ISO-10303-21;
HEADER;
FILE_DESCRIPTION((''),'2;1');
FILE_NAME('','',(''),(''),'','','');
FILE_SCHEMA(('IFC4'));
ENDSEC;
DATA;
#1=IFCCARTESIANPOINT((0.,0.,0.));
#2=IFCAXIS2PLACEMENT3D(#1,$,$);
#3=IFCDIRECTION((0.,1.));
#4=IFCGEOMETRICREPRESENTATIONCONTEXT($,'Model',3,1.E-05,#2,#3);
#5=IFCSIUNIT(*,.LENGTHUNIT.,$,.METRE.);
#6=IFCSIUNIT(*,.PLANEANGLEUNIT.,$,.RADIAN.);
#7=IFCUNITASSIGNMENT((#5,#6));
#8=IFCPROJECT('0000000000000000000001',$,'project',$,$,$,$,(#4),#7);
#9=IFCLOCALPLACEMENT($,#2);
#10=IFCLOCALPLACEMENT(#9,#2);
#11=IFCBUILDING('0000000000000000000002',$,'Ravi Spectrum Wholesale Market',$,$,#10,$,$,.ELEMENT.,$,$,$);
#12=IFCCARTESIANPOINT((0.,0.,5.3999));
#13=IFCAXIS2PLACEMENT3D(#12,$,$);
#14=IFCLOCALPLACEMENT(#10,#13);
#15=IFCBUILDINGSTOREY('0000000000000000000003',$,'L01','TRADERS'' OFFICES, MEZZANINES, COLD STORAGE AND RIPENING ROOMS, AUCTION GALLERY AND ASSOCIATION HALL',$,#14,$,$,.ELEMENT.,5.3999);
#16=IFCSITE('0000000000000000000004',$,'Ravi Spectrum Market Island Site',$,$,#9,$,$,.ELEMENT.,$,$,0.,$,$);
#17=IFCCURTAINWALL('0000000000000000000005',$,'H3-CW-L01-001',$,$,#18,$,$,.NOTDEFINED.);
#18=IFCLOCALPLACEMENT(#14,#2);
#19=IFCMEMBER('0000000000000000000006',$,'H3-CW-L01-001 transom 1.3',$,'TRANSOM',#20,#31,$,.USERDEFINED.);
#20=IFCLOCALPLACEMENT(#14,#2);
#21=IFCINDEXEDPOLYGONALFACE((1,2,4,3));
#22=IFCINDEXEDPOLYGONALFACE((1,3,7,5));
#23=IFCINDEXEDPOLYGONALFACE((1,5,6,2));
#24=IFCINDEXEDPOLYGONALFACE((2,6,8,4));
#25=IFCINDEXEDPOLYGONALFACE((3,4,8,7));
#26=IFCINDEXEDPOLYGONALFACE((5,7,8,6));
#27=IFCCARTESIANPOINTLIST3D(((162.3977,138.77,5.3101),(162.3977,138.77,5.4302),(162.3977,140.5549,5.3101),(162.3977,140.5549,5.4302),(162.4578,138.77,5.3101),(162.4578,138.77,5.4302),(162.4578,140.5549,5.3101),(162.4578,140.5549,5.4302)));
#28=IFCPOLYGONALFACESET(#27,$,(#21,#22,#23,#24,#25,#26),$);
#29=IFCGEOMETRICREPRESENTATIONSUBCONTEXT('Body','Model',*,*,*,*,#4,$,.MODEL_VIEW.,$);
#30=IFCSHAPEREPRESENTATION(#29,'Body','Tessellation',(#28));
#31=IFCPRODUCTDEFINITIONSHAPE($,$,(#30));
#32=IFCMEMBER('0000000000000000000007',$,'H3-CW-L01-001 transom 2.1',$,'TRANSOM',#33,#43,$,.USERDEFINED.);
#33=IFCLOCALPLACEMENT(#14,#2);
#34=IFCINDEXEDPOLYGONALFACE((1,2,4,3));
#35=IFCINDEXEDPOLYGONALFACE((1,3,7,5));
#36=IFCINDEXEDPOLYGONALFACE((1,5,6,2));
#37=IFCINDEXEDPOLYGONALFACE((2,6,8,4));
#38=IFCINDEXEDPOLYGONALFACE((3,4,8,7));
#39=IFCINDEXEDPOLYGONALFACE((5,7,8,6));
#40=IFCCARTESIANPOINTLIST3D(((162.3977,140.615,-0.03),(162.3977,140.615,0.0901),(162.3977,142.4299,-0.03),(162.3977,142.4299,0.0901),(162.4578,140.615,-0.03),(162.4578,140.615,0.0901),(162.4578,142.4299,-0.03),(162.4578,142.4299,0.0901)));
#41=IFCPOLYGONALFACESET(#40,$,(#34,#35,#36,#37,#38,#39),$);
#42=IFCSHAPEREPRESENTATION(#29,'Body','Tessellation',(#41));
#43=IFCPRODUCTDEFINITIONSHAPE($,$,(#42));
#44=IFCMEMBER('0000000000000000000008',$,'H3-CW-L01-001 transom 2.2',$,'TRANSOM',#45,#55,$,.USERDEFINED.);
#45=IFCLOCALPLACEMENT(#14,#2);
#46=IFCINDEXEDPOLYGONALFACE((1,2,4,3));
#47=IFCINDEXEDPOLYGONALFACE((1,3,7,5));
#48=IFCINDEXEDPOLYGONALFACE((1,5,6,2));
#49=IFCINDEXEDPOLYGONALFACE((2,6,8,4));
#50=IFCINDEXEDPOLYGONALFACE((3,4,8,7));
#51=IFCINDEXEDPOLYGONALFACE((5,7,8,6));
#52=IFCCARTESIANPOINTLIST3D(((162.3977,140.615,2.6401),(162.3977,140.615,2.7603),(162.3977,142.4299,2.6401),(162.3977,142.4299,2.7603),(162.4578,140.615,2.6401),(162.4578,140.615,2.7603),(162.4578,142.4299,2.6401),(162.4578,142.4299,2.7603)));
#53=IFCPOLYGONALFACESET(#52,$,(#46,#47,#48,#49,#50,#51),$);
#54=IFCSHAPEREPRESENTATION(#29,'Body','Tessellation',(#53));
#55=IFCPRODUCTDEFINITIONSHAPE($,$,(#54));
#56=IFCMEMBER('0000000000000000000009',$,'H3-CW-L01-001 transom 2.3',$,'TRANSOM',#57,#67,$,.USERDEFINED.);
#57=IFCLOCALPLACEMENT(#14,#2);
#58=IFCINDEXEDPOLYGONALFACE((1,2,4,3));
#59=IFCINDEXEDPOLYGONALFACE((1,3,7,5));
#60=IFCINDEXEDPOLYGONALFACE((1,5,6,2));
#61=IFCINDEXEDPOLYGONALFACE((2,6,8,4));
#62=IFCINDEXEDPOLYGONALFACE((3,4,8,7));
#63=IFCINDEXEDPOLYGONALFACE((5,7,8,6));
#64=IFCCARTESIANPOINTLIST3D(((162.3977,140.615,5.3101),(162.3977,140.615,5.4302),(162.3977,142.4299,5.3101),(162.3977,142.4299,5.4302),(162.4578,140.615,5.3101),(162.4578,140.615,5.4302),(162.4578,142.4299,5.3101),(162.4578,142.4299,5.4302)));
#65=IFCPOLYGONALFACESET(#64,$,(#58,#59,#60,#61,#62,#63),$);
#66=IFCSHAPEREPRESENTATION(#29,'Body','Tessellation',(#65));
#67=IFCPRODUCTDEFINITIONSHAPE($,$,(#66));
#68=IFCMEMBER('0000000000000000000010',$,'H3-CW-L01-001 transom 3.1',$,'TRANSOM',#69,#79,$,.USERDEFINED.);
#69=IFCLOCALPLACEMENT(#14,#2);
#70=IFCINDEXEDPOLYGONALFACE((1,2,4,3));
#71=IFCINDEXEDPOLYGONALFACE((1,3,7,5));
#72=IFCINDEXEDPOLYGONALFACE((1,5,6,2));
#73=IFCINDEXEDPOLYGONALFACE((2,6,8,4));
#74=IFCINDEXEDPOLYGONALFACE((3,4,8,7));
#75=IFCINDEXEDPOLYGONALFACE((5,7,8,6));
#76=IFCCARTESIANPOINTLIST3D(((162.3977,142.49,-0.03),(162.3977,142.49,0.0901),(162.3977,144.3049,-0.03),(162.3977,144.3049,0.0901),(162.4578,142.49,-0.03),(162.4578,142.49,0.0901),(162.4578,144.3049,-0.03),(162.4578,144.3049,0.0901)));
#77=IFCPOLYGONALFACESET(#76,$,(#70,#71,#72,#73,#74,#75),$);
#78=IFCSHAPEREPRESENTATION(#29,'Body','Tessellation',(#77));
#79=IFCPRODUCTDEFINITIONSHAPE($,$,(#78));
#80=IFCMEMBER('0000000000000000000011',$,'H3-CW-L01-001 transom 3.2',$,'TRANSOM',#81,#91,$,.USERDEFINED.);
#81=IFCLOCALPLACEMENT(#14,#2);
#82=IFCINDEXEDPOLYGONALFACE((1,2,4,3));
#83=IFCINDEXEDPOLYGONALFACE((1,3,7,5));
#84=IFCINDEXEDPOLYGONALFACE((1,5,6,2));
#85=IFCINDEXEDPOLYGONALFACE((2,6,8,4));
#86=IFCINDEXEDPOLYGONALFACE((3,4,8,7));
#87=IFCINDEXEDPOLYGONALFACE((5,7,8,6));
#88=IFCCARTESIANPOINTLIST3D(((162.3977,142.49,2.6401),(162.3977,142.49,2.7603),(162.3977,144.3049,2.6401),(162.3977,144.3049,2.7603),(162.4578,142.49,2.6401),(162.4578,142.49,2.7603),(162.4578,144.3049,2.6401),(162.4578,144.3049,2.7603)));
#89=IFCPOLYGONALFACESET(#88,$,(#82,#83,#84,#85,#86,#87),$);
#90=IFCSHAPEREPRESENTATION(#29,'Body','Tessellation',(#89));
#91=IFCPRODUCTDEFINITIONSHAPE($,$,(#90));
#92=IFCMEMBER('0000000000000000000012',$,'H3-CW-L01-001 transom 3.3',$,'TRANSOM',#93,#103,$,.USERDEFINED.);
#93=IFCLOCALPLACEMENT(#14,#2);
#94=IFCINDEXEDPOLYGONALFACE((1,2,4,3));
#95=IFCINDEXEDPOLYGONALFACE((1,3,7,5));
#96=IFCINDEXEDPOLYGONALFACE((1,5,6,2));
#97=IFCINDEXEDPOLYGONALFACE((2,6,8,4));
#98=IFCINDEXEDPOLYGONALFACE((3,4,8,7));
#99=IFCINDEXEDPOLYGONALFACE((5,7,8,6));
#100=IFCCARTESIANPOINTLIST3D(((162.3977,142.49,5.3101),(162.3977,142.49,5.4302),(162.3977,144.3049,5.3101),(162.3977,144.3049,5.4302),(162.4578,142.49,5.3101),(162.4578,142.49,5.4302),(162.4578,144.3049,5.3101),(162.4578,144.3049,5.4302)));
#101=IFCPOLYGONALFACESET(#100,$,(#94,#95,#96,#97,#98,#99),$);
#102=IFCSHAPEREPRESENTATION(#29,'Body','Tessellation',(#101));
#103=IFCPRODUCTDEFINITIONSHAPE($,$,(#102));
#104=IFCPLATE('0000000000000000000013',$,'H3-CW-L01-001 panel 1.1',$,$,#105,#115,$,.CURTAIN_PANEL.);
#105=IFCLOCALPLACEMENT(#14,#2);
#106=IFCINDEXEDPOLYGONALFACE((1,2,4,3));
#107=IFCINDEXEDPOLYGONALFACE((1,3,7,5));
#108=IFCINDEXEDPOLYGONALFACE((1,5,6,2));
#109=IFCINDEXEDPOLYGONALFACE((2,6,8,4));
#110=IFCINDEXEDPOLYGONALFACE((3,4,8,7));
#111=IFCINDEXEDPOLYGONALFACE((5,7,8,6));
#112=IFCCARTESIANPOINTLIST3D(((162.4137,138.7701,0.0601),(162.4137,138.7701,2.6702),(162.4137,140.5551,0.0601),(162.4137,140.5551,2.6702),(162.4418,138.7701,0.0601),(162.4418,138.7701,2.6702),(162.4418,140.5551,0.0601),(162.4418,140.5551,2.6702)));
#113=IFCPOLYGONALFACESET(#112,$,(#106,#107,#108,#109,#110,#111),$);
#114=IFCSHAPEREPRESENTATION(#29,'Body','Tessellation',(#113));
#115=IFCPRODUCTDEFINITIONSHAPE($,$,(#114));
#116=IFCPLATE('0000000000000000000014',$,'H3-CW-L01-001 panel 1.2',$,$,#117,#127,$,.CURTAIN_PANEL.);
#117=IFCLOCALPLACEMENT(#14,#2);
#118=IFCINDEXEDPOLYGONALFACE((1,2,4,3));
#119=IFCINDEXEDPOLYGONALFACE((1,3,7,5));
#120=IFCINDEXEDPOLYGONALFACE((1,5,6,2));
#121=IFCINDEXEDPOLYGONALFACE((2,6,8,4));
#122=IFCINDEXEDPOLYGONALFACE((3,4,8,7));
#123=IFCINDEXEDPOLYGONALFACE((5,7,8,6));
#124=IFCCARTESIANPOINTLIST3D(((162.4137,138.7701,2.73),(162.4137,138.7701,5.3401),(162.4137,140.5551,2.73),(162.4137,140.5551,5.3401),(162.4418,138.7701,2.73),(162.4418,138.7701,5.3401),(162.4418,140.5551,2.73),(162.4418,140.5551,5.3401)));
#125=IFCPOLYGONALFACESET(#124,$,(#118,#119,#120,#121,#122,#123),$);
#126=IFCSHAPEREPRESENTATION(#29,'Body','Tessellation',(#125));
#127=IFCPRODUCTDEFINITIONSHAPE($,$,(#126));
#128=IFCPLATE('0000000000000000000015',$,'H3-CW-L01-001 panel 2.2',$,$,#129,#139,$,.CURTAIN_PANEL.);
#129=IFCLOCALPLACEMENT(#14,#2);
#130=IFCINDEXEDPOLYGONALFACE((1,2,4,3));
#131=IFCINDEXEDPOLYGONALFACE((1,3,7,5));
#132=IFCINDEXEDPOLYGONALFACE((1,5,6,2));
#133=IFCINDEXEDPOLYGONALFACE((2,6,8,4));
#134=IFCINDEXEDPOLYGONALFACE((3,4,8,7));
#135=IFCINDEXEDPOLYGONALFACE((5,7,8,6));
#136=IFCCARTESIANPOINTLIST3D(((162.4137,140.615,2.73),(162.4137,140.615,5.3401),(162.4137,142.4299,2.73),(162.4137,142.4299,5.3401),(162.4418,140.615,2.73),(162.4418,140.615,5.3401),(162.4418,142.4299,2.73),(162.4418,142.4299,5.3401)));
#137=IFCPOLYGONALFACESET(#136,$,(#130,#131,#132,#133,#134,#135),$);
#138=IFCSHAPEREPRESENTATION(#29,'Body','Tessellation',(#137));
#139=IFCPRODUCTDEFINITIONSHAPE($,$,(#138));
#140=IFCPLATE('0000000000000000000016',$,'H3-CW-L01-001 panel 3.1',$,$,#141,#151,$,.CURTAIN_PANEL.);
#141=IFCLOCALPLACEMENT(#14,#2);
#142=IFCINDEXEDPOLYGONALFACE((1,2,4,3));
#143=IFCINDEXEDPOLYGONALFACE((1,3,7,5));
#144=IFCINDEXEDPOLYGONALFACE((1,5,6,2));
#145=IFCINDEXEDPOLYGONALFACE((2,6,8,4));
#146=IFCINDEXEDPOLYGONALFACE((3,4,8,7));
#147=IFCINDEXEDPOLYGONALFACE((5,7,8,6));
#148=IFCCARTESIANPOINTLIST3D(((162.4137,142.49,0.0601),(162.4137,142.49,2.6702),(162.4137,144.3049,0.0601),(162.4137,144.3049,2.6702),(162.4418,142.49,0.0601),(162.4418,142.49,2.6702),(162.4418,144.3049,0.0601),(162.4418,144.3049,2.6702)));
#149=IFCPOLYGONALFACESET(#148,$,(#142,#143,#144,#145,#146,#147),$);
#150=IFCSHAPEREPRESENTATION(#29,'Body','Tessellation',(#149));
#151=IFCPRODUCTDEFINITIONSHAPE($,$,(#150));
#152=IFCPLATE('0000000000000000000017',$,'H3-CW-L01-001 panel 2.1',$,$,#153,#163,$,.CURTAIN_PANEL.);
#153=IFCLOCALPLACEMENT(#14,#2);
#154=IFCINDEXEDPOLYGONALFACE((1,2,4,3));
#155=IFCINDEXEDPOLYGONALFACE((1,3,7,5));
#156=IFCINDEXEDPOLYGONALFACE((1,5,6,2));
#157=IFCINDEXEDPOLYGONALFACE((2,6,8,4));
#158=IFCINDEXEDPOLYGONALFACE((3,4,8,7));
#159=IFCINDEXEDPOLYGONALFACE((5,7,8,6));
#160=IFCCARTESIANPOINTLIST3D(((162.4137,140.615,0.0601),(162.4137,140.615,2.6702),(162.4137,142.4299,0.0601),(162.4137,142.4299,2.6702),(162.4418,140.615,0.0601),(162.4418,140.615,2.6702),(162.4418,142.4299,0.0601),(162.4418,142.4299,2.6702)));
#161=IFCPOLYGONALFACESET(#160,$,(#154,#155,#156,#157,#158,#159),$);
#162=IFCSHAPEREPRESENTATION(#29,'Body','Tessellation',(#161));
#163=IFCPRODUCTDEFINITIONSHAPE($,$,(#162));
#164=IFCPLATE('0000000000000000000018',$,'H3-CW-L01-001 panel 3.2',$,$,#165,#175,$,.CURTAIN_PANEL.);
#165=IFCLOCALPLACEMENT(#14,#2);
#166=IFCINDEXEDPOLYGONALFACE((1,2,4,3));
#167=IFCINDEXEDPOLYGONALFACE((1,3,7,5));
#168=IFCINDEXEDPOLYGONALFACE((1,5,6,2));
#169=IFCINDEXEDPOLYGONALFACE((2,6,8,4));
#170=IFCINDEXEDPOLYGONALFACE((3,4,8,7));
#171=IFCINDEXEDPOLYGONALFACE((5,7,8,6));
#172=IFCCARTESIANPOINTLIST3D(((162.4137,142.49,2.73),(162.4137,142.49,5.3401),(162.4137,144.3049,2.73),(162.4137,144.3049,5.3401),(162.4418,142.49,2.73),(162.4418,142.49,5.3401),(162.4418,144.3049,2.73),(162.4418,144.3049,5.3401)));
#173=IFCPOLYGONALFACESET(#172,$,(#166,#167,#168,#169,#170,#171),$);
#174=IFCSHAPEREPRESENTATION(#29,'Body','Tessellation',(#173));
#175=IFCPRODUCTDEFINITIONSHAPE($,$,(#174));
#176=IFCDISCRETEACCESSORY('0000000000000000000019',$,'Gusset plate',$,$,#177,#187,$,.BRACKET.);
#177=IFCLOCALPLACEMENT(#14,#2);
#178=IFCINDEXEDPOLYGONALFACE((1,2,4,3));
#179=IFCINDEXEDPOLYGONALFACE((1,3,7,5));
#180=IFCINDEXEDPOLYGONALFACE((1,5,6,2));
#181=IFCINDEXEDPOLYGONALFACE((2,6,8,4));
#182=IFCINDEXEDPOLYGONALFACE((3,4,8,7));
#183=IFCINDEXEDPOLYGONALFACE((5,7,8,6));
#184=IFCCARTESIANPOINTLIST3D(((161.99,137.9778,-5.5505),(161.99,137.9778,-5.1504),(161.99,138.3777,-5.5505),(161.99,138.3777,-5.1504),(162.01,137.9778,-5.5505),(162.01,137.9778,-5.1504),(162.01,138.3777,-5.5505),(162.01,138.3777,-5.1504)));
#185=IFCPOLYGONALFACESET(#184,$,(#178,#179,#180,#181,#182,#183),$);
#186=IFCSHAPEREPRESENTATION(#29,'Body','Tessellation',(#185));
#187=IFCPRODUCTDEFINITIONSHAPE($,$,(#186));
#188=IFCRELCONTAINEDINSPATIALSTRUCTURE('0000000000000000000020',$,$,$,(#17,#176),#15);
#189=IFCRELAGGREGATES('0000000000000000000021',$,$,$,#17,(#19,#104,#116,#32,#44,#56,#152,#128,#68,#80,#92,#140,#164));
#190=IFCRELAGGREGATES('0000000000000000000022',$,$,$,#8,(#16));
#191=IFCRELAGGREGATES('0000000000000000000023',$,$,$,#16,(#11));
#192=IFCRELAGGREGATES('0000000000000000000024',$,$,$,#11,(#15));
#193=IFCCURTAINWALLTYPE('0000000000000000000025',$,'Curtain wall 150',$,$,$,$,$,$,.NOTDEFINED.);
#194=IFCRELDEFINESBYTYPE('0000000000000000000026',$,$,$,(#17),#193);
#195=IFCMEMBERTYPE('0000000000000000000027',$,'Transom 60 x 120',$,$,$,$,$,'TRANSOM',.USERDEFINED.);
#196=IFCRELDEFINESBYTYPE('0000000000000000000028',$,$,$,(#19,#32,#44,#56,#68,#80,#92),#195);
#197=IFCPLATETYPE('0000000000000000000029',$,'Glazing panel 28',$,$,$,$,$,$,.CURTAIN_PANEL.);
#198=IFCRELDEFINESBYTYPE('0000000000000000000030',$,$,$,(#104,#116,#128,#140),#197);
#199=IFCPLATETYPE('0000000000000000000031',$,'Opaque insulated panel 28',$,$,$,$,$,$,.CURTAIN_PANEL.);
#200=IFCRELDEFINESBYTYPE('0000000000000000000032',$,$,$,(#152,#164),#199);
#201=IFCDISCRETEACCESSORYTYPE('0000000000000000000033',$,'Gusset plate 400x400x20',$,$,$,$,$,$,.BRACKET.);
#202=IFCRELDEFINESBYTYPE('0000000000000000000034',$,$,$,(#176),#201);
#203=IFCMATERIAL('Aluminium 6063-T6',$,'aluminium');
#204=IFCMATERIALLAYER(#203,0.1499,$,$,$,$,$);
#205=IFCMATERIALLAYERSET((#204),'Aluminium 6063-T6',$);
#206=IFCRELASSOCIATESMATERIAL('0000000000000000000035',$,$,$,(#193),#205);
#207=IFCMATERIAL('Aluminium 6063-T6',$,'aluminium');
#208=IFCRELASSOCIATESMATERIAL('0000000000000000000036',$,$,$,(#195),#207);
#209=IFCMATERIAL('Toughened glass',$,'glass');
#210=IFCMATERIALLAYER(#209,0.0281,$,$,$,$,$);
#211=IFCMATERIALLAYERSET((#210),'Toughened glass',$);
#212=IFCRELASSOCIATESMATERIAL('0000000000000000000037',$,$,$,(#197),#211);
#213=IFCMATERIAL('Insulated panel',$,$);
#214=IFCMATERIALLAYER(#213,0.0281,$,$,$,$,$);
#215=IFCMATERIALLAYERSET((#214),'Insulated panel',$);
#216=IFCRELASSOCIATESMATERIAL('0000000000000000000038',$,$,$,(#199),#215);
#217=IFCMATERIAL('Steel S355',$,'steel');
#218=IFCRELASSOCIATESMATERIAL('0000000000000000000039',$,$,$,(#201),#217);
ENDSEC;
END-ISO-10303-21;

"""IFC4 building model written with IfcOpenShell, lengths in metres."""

from ifc_helpers import new_model, si_unit, direction, frame, origin, origin_2d, place, context, subcontext, project, spatial, rectangle, extrude, material, layer, layer_set, material_profile, profile_set, type_object, element, aggregate, save


model = new_model("IFC4")

# Units and contexts
model_context = context("Model", 3, precision=1e-05, world=origin(), true_north=direction((0.0, 1.0)))
body_context = subcontext(model_context, "Body", "Model", "MODEL_VIEW")
ifc_project = project(units=[si_unit("LENGTHUNIT", "METRE"), si_unit("PLANEANGLEUNIT", "RADIAN")], contexts=[model_context])

# Site, building, storey
site_placement = place(None, origin())
site = spatial("IfcSite", under=ifc_project, at=site_placement, Name="Ravi Spectrum Market Island Site", CompositionType="ELEMENT", RefElevation=0.0)
building_placement = place(site_placement, origin())
building = spatial("IfcBuilding", under=site, at=building_placement, Name="Ravi Spectrum Wholesale Market", CompositionType="ELEMENT")
storey_placement = place(building_placement, frame((0.0, 0.0, 5.3999)))
storey = spatial("IfcBuildingStorey", under=building, at=storey_placement, Name="L01", Description="TRADERS' OFFICES, MEZZANINES, COLD STORAGE AND RIPENING ROOMS, AUCTION GALLERY AND ASSOCIATION HALL", CompositionType="ELEMENT", Elevation=5.3999)

# Curtain wall
ifc_material_1 = material(Name="Aluminium 6063-T6", Category="aluminium")
ifc_layer_1 = layer(ifc_material_1, 0.1499)
ifc_layer_set_1 = layer_set([ifc_layer_1], Name="Aluminium 6063-T6")
curtain_wall_type = type_object("IfcCurtainWallType", Name="Curtain wall 150", PredefinedType="NOTDEFINED", material=ifc_layer_set_1)
curtain_wall_placement = place(storey_placement, origin())
curtain_wall = element("IfcCurtainWall", 1, at=curtain_wall_placement, inside=storey, type_object=curtain_wall_type, Name="H3-CW-L01-001", PredefinedType="NOTDEFINED")

# Members
ifc_material_2 = material(Name="Aluminium 6063-T6", Category="aluminium")
ifc_material_profile_1 = material_profile(ifc_material_2, rectangle(XDim=0.0601, YDim=0.1201, at=origin_2d()))
ifc_profile_set_1 = profile_set([ifc_material_profile_1], Name="Aluminium 6063-T6")
member_type_1 = type_object("IfcMemberType", Name="Transom 60 x 120", ElementType="TRANSOM", PredefinedType="USERDEFINED", material=ifc_profile_set_1)
member_1_placement = place(storey_placement, frame((162.4277, 138.77, 5.3701), z_axis=(0.0, 1.0, 0.0), x_axis=(-1.0, 0.0, 0.0)))
member_1 = element("IfcMember", 2, at=member_1_placement, type_object=member_type_1, Name="H3-CW-L01-001 transom 1.3", ObjectType="TRANSOM", PredefinedType="USERDEFINED", context=body_context, shape_type="SweptSolid", body=[
    extrude(rectangle(XDim=0.0601, YDim=0.1201, at=origin_2d()), origin(), (0.0, 0.0, 1.0), 1.7849),
])
member_2_placement = place(storey_placement, frame((162.4277, 140.615, 0.03), z_axis=(0.0, 1.0, 0.0), x_axis=(-1.0, 0.0, 0.0)))
member_2 = element("IfcMember", 3, at=member_2_placement, type_object=member_type_1, Name="H3-CW-L01-001 transom 2.1", ObjectType="TRANSOM", PredefinedType="USERDEFINED", context=body_context, shape_type="SweptSolid", body=[
    extrude(rectangle(XDim=0.0601, YDim=0.1201, at=origin_2d()), origin(), (0.0, 0.0, 1.0), 1.8149),
])
member_3_placement = place(storey_placement, frame((162.4277, 140.615, 2.7002), z_axis=(0.0, 1.0, 0.0), x_axis=(-1.0, 0.0, 0.0)))
member_3 = element("IfcMember", 4, at=member_3_placement, type_object=member_type_1, Name="H3-CW-L01-001 transom 2.2", ObjectType="TRANSOM", PredefinedType="USERDEFINED", context=body_context, shape_type="SweptSolid", body=[
    extrude(rectangle(XDim=0.0601, YDim=0.1201, at=origin_2d()), origin(), (0.0, 0.0, 1.0), 1.8149),
])
member_4_placement = place(storey_placement, frame((162.4277, 140.615, 5.3701), z_axis=(0.0, 1.0, 0.0), x_axis=(-1.0, 0.0, 0.0)))
member_4 = element("IfcMember", 5, at=member_4_placement, type_object=member_type_1, Name="H3-CW-L01-001 transom 2.3", ObjectType="TRANSOM", PredefinedType="USERDEFINED", context=body_context, shape_type="SweptSolid", body=[
    extrude(rectangle(XDim=0.0601, YDim=0.1201, at=origin_2d()), origin(), (0.0, 0.0, 1.0), 1.8149),
])
member_5_placement = place(storey_placement, frame((162.4277, 142.49, 0.03), z_axis=(0.0, 1.0, 0.0), x_axis=(-1.0, 0.0, 0.0)))
member_5 = element("IfcMember", 6, at=member_5_placement, type_object=member_type_1, Name="H3-CW-L01-001 transom 3.1", ObjectType="TRANSOM", PredefinedType="USERDEFINED", context=body_context, shape_type="SweptSolid", body=[
    extrude(rectangle(XDim=0.0601, YDim=0.1201, at=origin_2d()), origin(), (0.0, 0.0, 1.0), 1.8149),
])
member_6_placement = place(storey_placement, frame((162.4277, 142.49, 2.7002), z_axis=(0.0, 1.0, 0.0), x_axis=(-1.0, 0.0, 0.0)))
member_6 = element("IfcMember", 7, at=member_6_placement, type_object=member_type_1, Name="H3-CW-L01-001 transom 3.2", ObjectType="TRANSOM", PredefinedType="USERDEFINED", context=body_context, shape_type="SweptSolid", body=[
    extrude(rectangle(XDim=0.0601, YDim=0.1201, at=origin_2d()), origin(), (0.0, 0.0, 1.0), 1.8149),
])
member_7_placement = place(storey_placement, frame((162.4277, 142.49, 5.3701), z_axis=(0.0, 1.0, 0.0), x_axis=(-1.0, 0.0, 0.0)))
member_7 = element("IfcMember", 8, at=member_7_placement, type_object=member_type_1, Name="H3-CW-L01-001 transom 3.3", ObjectType="TRANSOM", PredefinedType="USERDEFINED", context=body_context, shape_type="SweptSolid", body=[
    extrude(rectangle(XDim=0.0601, YDim=0.1201, at=origin_2d()), origin(), (0.0, 0.0, 1.0), 1.8149),
])

# Plates
ifc_material_3 = material(Name="Toughened glass", Category="glass")
ifc_layer_2 = layer(ifc_material_3, 0.0281)
ifc_layer_set_2 = layer_set([ifc_layer_2], Name="Toughened glass")
plate_type_1 = type_object("IfcPlateType", Name="Glazing panel 28", PredefinedType="CURTAIN_PANEL", material=ifc_layer_set_2)
plate_1_placement = place(storey_placement, frame((162.4277, 139.6626, 0.0601), z_axis=(0.0, 0.0, 1.0), x_axis=(0.0, 1.0, 0.0)))
plate_1 = element("IfcPlate", 9, at=plate_1_placement, type_object=plate_type_1, Name="H3-CW-L01-001 panel 1.1", PredefinedType="CURTAIN_PANEL", context=body_context, shape_type="SweptSolid", body=[
    extrude(rectangle(XDim=1.7849, YDim=0.0281, at=origin_2d()), origin(), (0.0, 0.0, 1.0), 2.6101),
])
plate_2_placement = place(storey_placement, frame((162.4277, 139.6626, 2.73), z_axis=(0.0, 0.0, 1.0), x_axis=(0.0, 1.0, 0.0)))
plate_2 = element("IfcPlate", 10, at=plate_2_placement, type_object=plate_type_1, Name="H3-CW-L01-001 panel 1.2", PredefinedType="CURTAIN_PANEL", context=body_context, shape_type="SweptSolid", body=[
    extrude(rectangle(XDim=1.7849, YDim=0.0281, at=origin_2d()), origin(), (0.0, 0.0, 1.0), 2.6101),
])
plate_3_placement = place(storey_placement, frame((162.4277, 141.5225, 2.73), z_axis=(0.0, 0.0, 1.0), x_axis=(0.0, 1.0, 0.0)))
plate_3 = element("IfcPlate", 11, at=plate_3_placement, type_object=plate_type_1, Name="H3-CW-L01-001 panel 2.2", PredefinedType="CURTAIN_PANEL", context=body_context, shape_type="SweptSolid", body=[
    extrude(rectangle(XDim=1.8149, YDim=0.0281, at=origin_2d()), origin(), (0.0, 0.0, 1.0), 2.6101),
])
plate_4_placement = place(storey_placement, frame((162.4277, 143.3975, 0.0601), z_axis=(0.0, 0.0, 1.0), x_axis=(0.0, 1.0, 0.0)))
plate_4 = element("IfcPlate", 12, at=plate_4_placement, type_object=plate_type_1, Name="H3-CW-L01-001 panel 3.1", PredefinedType="CURTAIN_PANEL", context=body_context, shape_type="SweptSolid", body=[
    extrude(rectangle(XDim=1.8149, YDim=0.0281, at=origin_2d()), origin(), (0.0, 0.0, 1.0), 2.6101),
])
ifc_material_4 = material(Name="Insulated panel")
ifc_layer_3 = layer(ifc_material_4, 0.0281)
ifc_layer_set_3 = layer_set([ifc_layer_3], Name="Insulated panel")
plate_type_2 = type_object("IfcPlateType", Name="Opaque insulated panel 28", PredefinedType="CURTAIN_PANEL", material=ifc_layer_set_3)
plate_5_placement = place(storey_placement, frame((162.4277, 141.5225, 0.0601), z_axis=(0.0, 0.0, 1.0), x_axis=(0.0, 1.0, 0.0)))
plate_5 = element("IfcPlate", 13, at=plate_5_placement, type_object=plate_type_2, Name="H3-CW-L01-001 panel 2.1", PredefinedType="CURTAIN_PANEL", context=body_context, shape_type="SweptSolid", body=[
    extrude(rectangle(XDim=1.8149, YDim=0.0281, at=origin_2d()), origin(), (0.0, 0.0, 1.0), 2.6101),
])
plate_6_placement = place(storey_placement, frame((162.4277, 143.3975, 2.73), z_axis=(0.0, 0.0, 1.0), x_axis=(0.0, 1.0, 0.0)))
plate_6 = element("IfcPlate", 14, at=plate_6_placement, type_object=plate_type_2, Name="H3-CW-L01-001 panel 3.2", PredefinedType="CURTAIN_PANEL", context=body_context, shape_type="SweptSolid", body=[
    extrude(rectangle(XDim=1.8149, YDim=0.0281, at=origin_2d()), origin(), (0.0, 0.0, 1.0), 2.6101),
])
aggregate(curtain_wall, [member_1, plate_1, plate_2, member_2, member_3, member_4, plate_5, plate_3, member_5, member_6, member_7, plate_4, plate_6])

# Discrete accessory
ifc_material_5 = material(Name="Steel S355", Category="steel")
ifc_material_profile_2 = material_profile(ifc_material_5, rectangle(XDim=0.3999, YDim=0.02, at=origin_2d()))
ifc_profile_set_2 = profile_set([ifc_material_profile_2], Name="Steel S355")
discrete_accessory_type = type_object("IfcDiscreteAccessoryType", Name="Gusset plate 400x400x20", PredefinedType="BRACKET", material=ifc_profile_set_2)
discrete_accessory_1_placement = place(storey_placement, frame((162.0, 138.1777, -5.5505), z_axis=(0.0, 0.0, 1.0), x_axis=(0.0, 1.0, 0.0)))
element("IfcDiscreteAccessory", 15, at=discrete_accessory_1_placement, inside=storey, type_object=discrete_accessory_type, Name="Gusset plate", PredefinedType="BRACKET", context=body_context, shape_type="SweptSolid", body=[
    extrude(rectangle(XDim=0.3999, YDim=0.02, at=origin_2d()), origin(), (0.0, 0.0, 1.0), 0.4001),
])

save(model, "model.ifc")
